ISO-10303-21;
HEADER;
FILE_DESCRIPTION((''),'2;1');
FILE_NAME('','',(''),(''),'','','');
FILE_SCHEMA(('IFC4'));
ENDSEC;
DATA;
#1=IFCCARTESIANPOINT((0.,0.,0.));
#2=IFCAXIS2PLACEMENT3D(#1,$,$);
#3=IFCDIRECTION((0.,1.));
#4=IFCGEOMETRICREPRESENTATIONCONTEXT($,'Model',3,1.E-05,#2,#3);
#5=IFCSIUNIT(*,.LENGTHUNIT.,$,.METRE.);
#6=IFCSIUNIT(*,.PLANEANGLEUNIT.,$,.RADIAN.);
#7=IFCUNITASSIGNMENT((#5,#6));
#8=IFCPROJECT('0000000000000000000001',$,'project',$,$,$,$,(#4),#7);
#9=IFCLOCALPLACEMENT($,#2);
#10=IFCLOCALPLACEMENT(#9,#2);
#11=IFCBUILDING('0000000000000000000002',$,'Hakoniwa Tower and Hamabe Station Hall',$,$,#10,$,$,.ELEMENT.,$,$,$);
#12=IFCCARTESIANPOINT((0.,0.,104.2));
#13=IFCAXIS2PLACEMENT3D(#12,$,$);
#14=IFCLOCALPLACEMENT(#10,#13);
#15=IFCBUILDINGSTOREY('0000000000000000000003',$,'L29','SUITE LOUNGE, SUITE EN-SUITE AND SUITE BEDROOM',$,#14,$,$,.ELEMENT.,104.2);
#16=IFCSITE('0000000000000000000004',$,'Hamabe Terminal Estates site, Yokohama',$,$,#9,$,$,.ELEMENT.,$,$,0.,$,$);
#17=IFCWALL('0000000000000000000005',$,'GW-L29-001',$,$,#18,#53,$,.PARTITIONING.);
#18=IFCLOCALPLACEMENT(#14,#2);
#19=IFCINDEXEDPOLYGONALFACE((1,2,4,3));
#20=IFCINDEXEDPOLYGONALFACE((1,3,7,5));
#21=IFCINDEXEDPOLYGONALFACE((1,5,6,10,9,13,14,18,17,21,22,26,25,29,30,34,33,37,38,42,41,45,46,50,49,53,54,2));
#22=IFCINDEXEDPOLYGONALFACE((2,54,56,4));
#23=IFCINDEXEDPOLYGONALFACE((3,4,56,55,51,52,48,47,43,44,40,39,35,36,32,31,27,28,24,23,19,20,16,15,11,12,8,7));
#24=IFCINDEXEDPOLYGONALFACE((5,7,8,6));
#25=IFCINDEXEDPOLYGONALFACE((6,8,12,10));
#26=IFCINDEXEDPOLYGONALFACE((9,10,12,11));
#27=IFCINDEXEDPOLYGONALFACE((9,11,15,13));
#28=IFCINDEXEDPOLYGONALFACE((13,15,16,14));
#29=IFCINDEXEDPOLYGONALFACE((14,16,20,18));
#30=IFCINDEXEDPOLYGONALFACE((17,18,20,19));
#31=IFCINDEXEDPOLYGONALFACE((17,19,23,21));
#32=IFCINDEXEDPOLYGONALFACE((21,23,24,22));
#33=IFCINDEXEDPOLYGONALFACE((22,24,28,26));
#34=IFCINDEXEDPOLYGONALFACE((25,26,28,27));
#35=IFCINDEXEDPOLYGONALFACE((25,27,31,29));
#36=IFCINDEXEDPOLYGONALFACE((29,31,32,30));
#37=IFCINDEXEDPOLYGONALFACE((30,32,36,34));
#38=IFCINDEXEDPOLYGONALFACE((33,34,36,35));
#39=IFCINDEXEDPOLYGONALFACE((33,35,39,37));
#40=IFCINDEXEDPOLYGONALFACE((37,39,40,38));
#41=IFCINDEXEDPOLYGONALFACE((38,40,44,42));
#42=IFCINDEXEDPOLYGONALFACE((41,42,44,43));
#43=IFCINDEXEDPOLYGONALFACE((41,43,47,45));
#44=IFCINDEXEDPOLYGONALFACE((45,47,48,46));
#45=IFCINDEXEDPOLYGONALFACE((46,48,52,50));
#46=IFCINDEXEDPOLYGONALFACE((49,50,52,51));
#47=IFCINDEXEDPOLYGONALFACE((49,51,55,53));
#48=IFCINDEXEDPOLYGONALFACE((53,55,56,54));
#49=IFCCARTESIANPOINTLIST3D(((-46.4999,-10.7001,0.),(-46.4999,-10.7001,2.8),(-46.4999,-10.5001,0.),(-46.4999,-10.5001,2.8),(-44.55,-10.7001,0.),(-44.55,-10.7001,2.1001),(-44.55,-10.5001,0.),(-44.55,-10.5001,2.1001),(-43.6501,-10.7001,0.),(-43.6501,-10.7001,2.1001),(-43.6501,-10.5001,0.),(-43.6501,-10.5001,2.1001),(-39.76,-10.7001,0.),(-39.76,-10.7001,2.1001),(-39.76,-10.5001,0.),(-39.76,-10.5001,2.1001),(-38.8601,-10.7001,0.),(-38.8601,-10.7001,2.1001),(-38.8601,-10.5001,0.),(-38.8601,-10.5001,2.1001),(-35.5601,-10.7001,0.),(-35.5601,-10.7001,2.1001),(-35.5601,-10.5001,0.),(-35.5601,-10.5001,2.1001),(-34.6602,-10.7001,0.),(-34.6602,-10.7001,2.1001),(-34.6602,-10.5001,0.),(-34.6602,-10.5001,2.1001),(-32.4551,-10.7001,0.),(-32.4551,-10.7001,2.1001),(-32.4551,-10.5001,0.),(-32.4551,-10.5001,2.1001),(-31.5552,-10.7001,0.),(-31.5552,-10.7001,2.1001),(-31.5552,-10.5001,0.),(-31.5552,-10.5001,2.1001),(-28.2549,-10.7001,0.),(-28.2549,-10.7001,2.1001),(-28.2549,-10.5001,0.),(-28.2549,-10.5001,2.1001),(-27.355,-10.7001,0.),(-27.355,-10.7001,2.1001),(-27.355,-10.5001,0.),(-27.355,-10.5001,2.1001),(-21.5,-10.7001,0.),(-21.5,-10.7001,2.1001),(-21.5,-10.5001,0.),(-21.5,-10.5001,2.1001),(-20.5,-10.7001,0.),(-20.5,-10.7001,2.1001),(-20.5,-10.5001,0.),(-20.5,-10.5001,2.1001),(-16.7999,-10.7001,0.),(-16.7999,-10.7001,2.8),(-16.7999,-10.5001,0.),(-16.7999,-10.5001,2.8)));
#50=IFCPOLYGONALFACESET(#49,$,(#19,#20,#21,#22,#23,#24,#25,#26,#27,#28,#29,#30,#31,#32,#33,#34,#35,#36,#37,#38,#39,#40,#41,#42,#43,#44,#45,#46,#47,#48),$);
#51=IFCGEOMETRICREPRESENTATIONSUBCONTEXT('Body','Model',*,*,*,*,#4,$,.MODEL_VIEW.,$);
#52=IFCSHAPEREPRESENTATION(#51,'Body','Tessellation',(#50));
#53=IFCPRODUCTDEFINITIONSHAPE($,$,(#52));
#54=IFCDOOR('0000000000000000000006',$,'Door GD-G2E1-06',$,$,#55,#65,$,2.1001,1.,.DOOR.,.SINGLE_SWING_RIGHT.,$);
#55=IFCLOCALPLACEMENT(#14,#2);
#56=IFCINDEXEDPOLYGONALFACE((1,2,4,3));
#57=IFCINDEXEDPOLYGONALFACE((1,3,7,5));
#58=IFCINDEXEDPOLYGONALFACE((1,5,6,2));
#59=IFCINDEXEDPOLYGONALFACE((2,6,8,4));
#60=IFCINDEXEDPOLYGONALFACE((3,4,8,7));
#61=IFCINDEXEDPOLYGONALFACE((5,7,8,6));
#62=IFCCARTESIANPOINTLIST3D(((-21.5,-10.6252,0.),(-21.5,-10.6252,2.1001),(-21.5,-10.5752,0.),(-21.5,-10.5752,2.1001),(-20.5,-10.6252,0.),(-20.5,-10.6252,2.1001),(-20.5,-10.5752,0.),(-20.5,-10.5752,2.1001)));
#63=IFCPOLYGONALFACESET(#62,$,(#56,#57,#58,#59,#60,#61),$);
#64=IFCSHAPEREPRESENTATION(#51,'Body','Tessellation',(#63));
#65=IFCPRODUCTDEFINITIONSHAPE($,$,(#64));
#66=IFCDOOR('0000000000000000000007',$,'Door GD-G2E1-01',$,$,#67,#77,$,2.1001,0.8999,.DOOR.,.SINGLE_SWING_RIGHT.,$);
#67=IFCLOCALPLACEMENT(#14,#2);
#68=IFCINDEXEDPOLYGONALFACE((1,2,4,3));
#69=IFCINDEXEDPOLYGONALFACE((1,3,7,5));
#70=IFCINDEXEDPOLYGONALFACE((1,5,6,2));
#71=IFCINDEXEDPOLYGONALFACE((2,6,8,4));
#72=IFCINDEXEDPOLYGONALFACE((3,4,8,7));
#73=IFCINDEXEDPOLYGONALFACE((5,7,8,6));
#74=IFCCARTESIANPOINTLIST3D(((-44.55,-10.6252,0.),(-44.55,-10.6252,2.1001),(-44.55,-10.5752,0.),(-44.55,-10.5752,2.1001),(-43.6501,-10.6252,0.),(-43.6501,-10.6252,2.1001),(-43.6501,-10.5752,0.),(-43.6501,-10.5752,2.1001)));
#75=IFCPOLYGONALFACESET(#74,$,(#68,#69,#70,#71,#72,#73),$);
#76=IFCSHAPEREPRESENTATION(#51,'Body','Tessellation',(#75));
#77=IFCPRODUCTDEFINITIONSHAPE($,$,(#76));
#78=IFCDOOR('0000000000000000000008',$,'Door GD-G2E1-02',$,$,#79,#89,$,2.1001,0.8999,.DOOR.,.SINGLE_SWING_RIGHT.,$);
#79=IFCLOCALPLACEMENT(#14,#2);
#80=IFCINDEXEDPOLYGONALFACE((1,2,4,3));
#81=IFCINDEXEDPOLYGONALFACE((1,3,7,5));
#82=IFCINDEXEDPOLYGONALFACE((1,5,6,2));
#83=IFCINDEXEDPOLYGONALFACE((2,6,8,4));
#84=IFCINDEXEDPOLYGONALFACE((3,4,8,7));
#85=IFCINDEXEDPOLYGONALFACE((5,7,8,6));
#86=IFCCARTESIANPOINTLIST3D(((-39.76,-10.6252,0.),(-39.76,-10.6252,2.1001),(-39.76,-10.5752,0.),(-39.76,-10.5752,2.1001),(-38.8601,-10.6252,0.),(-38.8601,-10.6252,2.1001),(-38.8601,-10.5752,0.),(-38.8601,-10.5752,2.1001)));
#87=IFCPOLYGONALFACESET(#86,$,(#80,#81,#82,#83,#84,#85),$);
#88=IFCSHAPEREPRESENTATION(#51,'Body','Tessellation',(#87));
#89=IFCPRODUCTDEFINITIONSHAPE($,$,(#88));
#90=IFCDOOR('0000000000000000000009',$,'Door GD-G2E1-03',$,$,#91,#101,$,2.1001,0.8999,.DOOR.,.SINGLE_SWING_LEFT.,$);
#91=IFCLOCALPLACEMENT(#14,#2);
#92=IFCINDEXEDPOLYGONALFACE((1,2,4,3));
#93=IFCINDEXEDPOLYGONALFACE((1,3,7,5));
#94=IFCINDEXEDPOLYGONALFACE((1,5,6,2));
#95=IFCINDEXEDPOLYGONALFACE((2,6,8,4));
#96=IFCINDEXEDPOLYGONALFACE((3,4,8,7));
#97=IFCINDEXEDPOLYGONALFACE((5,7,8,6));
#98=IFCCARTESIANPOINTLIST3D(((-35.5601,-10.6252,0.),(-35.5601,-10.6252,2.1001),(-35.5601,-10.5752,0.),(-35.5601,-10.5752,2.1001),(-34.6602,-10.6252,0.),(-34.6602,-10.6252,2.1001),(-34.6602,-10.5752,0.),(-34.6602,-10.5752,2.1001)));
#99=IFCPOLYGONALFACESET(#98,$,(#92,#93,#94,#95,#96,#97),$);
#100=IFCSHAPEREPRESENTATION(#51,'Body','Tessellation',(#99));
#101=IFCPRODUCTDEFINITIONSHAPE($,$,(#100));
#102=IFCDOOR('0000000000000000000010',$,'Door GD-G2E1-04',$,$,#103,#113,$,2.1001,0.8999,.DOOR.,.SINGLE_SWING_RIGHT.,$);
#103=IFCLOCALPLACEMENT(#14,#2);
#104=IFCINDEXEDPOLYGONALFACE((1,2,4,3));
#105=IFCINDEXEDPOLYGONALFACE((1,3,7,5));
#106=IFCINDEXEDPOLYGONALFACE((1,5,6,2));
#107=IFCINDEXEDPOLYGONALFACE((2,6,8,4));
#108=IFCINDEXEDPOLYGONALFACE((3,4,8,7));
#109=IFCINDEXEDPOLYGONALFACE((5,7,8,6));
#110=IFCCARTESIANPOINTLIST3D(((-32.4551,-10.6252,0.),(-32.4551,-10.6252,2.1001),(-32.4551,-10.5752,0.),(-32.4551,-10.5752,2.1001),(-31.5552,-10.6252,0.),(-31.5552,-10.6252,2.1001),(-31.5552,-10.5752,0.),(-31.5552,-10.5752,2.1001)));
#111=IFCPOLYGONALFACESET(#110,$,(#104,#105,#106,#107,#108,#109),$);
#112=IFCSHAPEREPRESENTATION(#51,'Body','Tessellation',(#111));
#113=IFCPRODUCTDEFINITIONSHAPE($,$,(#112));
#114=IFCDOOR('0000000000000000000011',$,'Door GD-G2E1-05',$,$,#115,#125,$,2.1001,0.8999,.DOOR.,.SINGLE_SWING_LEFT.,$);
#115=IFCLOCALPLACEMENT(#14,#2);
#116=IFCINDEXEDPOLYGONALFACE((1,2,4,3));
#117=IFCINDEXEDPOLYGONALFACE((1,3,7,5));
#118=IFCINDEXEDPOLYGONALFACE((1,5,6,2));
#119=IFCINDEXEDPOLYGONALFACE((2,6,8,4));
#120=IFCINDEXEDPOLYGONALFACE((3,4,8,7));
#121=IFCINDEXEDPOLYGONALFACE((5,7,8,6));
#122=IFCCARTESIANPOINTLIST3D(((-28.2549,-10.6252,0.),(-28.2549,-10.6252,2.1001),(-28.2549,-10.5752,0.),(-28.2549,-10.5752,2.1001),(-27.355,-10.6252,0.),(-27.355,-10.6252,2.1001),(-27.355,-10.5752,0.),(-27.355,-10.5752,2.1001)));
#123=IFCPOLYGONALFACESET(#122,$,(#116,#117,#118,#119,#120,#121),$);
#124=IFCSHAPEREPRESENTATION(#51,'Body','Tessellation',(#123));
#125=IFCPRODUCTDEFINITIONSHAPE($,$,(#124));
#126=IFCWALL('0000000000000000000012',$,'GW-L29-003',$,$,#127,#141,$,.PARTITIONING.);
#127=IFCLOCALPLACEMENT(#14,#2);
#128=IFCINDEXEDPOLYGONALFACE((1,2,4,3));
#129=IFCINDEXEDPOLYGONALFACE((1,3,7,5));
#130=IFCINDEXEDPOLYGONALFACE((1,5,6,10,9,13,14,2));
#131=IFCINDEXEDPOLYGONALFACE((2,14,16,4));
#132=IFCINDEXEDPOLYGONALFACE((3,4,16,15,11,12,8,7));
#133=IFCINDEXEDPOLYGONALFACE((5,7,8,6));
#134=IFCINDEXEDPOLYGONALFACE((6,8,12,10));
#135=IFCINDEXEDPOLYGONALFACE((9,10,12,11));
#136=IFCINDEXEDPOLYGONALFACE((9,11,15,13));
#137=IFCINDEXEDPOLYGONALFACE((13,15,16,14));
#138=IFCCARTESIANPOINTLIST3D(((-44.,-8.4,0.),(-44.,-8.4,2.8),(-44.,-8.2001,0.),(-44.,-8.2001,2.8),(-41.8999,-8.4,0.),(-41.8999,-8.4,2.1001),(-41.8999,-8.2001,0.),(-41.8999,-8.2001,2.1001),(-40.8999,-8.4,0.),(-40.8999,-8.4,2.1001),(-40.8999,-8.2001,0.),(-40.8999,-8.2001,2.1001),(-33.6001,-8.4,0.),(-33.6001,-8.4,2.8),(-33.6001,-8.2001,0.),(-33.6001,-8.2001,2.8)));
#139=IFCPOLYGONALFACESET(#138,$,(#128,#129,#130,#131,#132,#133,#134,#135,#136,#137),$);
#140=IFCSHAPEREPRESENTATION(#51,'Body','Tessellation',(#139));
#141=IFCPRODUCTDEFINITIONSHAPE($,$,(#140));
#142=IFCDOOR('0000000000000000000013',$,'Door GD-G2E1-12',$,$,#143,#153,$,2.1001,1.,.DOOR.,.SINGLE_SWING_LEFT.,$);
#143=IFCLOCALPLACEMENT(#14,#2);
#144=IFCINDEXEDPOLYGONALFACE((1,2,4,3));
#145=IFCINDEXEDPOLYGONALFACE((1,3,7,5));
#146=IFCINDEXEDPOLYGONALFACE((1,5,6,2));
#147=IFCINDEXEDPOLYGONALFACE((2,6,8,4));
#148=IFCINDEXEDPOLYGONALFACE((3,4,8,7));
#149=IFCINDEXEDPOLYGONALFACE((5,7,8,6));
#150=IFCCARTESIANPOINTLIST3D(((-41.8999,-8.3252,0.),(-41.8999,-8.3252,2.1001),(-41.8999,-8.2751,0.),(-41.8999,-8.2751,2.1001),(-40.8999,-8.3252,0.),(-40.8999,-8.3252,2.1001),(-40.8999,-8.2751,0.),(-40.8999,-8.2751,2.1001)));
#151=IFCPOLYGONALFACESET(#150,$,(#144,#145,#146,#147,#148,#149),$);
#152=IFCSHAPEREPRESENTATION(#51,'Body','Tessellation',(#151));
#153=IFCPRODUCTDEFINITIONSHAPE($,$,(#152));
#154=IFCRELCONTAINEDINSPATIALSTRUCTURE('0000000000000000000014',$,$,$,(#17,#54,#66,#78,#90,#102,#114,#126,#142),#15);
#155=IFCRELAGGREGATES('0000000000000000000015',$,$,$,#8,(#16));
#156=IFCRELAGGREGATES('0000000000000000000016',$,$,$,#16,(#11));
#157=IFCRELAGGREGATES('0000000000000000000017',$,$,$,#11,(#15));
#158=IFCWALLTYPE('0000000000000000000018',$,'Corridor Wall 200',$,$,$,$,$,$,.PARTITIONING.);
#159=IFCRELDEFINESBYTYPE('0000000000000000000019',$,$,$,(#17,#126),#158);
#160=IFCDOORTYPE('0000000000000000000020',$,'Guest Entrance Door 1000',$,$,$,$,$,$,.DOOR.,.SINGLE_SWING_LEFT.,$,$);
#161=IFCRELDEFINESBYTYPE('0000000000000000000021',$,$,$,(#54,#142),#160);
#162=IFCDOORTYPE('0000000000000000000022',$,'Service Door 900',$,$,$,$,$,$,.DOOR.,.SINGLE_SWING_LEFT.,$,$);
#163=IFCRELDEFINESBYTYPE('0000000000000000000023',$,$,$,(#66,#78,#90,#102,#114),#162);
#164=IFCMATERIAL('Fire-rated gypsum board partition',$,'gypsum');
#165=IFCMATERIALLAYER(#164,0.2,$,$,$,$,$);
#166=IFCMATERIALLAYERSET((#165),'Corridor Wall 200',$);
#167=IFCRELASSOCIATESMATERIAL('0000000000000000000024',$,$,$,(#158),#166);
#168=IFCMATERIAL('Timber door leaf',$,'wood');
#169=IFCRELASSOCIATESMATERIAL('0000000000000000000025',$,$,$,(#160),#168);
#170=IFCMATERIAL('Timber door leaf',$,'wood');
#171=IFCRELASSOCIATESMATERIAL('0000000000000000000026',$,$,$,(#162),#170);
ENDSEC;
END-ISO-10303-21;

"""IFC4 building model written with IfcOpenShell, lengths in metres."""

from ifc_helpers import new_model, si_unit, direction, frame, frame_2d, origin, place, context, subcontext, project, spatial, rectangle, extrude, material, layer, layer_set, type_object, element, fill, save


model = new_model("IFC4")

# Units and contexts
model_context = context("Model", 3, precision=1e-05, world=origin(), true_north=direction((0.0, 1.0)))
body_context = subcontext(model_context, "Body", "Model", "MODEL_VIEW")
ifc_project = project(units=[si_unit("LENGTHUNIT", "METRE"), si_unit("PLANEANGLEUNIT", "RADIAN")], contexts=[model_context])

# Site, building, storey
site_placement = place(None, origin())
site = spatial("IfcSite", under=ifc_project, at=site_placement, Name="Hamabe Terminal Estates site, Yokohama", CompositionType="ELEMENT", RefElevation=0.0)
building_placement = place(site_placement, origin())
building = spatial("IfcBuilding", under=site, at=building_placement, Name="Hakoniwa Tower and Hamabe Station Hall", CompositionType="ELEMENT")
storey_placement = place(building_placement, frame((0.0, 0.0, 104.2)))
storey = spatial("IfcBuildingStorey", under=building, at=storey_placement, Name="L29", Description="SUITE LOUNGE, SUITE EN-SUITE AND SUITE BEDROOM", CompositionType="ELEMENT", Elevation=104.2)

# Wall, openings, doors
ifc_material_1 = material(Name="Fire-rated gypsum board partition", Category="gypsum")
ifc_layer_1 = layer(ifc_material_1, 0.2)
ifc_layer_set_1 = layer_set([ifc_layer_1], Name="Corridor Wall 200")
wall_type_1 = type_object("IfcWallType", Name="Corridor Wall 200", PredefinedType="PARTITIONING", material=ifc_layer_set_1)
wall_1_placement = place(storey_placement, frame((-46.5, -10.6001, 0.0), z_axis=(0.0, 0.0, 1.0), x_axis=(1.0, 0.0, 0.0)))
wall_1 = element("IfcWall", 1, at=wall_1_placement, inside=storey, type_object=wall_type_1, Name="GW-L29-001", PredefinedType="PARTITIONING", context=body_context, shape_type="SweptSolid", body=[
    extrude(rectangle(XDim=29.7, YDim=0.2, at=frame_2d((14.8501, 0.0))), origin(), (0.0, 0.0, 1.0), 2.8),
])
opening_1_placement = place(wall_1_placement, frame((1.95, 0.0, 0.0)))
opening_1 = element("IfcOpeningElement", 2, at=opening_1_placement, cuts=wall_1, PredefinedType="OPENING", context=body_context, shape_type="SweptSolid", body=[
    extrude(rectangle(XDim=0.8999, YDim=2.1001, at=frame_2d((0.45, 1.05))), frame((0.0, 0.1099, 0.0), z_axis=(0.0, -1.0, 0.0), x_axis=(1.0, 0.0, 0.0)), (0.0, 0.0, 1.0), 0.22),
])
opening_2_placement = place(wall_1_placement, frame((6.74, 0.0, 0.0)))
opening_2 = element("IfcOpeningElement", 3, at=opening_2_placement, cuts=wall_1, PredefinedType="OPENING", context=body_context, shape_type="SweptSolid", body=[
    extrude(rectangle(XDim=0.8999, YDim=2.1001, at=frame_2d((0.45, 1.05))), frame((0.0, 0.1099, 0.0), z_axis=(0.0, -1.0, 0.0), x_axis=(1.0, 0.0, 0.0)), (0.0, 0.0, 1.0), 0.22),
])
opening_3_placement = place(wall_1_placement, frame((10.9399, 0.0, 0.0)))
opening_3 = element("IfcOpeningElement", 4, at=opening_3_placement, cuts=wall_1, PredefinedType="OPENING", context=body_context, shape_type="SweptSolid", body=[
    extrude(rectangle(XDim=0.8999, YDim=2.1001, at=frame_2d((0.45, 1.05))), frame((0.0, 0.1099, 0.0), z_axis=(0.0, -1.0, 0.0), x_axis=(1.0, 0.0, 0.0)), (0.0, 0.0, 1.0), 0.22),
])
opening_4_placement = place(wall_1_placement, frame((14.0449, 0.0, 0.0)))
opening_4 = element("IfcOpeningElement", 5, at=opening_4_placement, cuts=wall_1, PredefinedType="OPENING", context=body_context, shape_type="SweptSolid", body=[
    extrude(rectangle(XDim=0.8999, YDim=2.1001, at=frame_2d((0.45, 1.05))), frame((0.0, 0.1099, 0.0), z_axis=(0.0, -1.0, 0.0), x_axis=(1.0, 0.0, 0.0)), (0.0, 0.0, 1.0), 0.22),
])
opening_5_placement = place(wall_1_placement, frame((18.2451, 0.0, 0.0)))
opening_5 = element("IfcOpeningElement", 6, at=opening_5_placement, cuts=wall_1, PredefinedType="OPENING", context=body_context, shape_type="SweptSolid", body=[
    extrude(rectangle(XDim=0.8999, YDim=2.1001, at=frame_2d((0.45, 1.05))), frame((0.0, 0.1099, 0.0), z_axis=(0.0, -1.0, 0.0), x_axis=(1.0, 0.0, 0.0)), (0.0, 0.0, 1.0), 0.22),
])
opening_6_placement = place(wall_1_placement, frame((25.0, 0.0, 0.0)))
opening_6 = element("IfcOpeningElement", 7, at=opening_6_placement, cuts=wall_1, PredefinedType="OPENING", context=body_context, shape_type="SweptSolid", body=[
    extrude(rectangle(XDim=1.0, YDim=2.1001, at=frame_2d((0.5, 1.05))), frame((0.0, 0.1099, 0.0), z_axis=(0.0, -1.0, 0.0), x_axis=(1.0, 0.0, 0.0)), (0.0, 0.0, 1.0), 0.22),
])
ifc_material_2 = material(Name="Timber door leaf", Category="wood")
door_type_1 = type_object("IfcDoorType", Name="Guest Entrance Door 1000", OperationType="SINGLE_SWING_LEFT", PredefinedType="DOOR", material=ifc_material_2)
door_1_placement = place(opening_6_placement, origin())
door_1 = element("IfcDoor", 8, at=door_1_placement, inside=storey, type_object=door_type_1, Name="Door GD-G2E1-06", OperationType="SINGLE_SWING_RIGHT", OverallHeight=2.1001, OverallWidth=1.0, PredefinedType="DOOR", context=body_context, shape_type="SweptSolid", body=[
    extrude(rectangle(XDim=1.0, YDim=2.1001, at=frame_2d((0.5, 1.05))), frame((0.0, 0.0249, 0.0), z_axis=(0.0, -1.0, 0.0), x_axis=(1.0, 0.0, 0.0)), (0.0, 0.0, 1.0), 0.05),
])
fill(opening_6, door_1)
ifc_material_3 = material(Name="Timber door leaf", Category="wood")
door_type_2 = type_object("IfcDoorType", Name="Service Door 900", OperationType="SINGLE_SWING_LEFT", PredefinedType="DOOR", material=ifc_material_3)
door_2_placement = place(opening_1_placement, origin())
door_2 = element("IfcDoor", 9, at=door_2_placement, inside=storey, type_object=door_type_2, Name="Door GD-G2E1-01", OperationType="SINGLE_SWING_RIGHT", OverallHeight=2.1001, OverallWidth=0.8999, PredefinedType="DOOR", context=body_context, shape_type="SweptSolid", body=[
    extrude(rectangle(XDim=0.8999, YDim=2.1001, at=frame_2d((0.45, 1.05))), frame((0.0, 0.0249, 0.0), z_axis=(0.0, -1.0, 0.0), x_axis=(1.0, 0.0, 0.0)), (0.0, 0.0, 1.0), 0.05),
])
fill(opening_1, door_2)
door_3_placement = place(opening_2_placement, origin())
door_3 = element("IfcDoor", 10, at=door_3_placement, inside=storey, type_object=door_type_2, Name="Door GD-G2E1-02", OperationType="SINGLE_SWING_RIGHT", OverallHeight=2.1001, OverallWidth=0.8999, PredefinedType="DOOR", context=body_context, shape_type="SweptSolid", body=[
    extrude(rectangle(XDim=0.8999, YDim=2.1001, at=frame_2d((0.45, 1.05))), frame((0.0, 0.0249, 0.0), z_axis=(0.0, -1.0, 0.0), x_axis=(1.0, 0.0, 0.0)), (0.0, 0.0, 1.0), 0.05),
])
fill(opening_2, door_3)
door_4_placement = place(opening_3_placement, origin())
door_4 = element("IfcDoor", 11, at=door_4_placement, inside=storey, type_object=door_type_2, Name="Door GD-G2E1-03", OperationType="SINGLE_SWING_LEFT", OverallHeight=2.1001, OverallWidth=0.8999, PredefinedType="DOOR", context=body_context, shape_type="SweptSolid", body=[
    extrude(rectangle(XDim=0.8999, YDim=2.1001, at=frame_2d((0.45, 1.05))), frame((0.0, 0.0249, 0.0), z_axis=(0.0, -1.0, 0.0), x_axis=(1.0, 0.0, 0.0)), (0.0, 0.0, 1.0), 0.05),
])
fill(opening_3, door_4)
door_5_placement = place(opening_4_placement, origin())
door_5 = element("IfcDoor", 12, at=door_5_placement, inside=storey, type_object=door_type_2, Name="Door GD-G2E1-04", OperationType="SINGLE_SWING_RIGHT", OverallHeight=2.1001, OverallWidth=0.8999, PredefinedType="DOOR", context=body_context, shape_type="SweptSolid", body=[
    extrude(rectangle(XDim=0.8999, YDim=2.1001, at=frame_2d((0.45, 1.05))), frame((0.0, 0.0249, 0.0), z_axis=(0.0, -1.0, 0.0), x_axis=(1.0, 0.0, 0.0)), (0.0, 0.0, 1.0), 0.05),
])
fill(opening_4, door_5)
door_6_placement = place(opening_5_placement, origin())
door_6 = element("IfcDoor", 13, at=door_6_placement, inside=storey, type_object=door_type_2, Name="Door GD-G2E1-05", OperationType="SINGLE_SWING_LEFT", OverallHeight=2.1001, OverallWidth=0.8999, PredefinedType="DOOR", context=body_context, shape_type="SweptSolid", body=[
    extrude(rectangle(XDim=0.8999, YDim=2.1001, at=frame_2d((0.45, 1.05))), frame((0.0, 0.0249, 0.0), z_axis=(0.0, -1.0, 0.0), x_axis=(1.0, 0.0, 0.0)), (0.0, 0.0, 1.0), 0.05),
])
fill(opening_5, door_6)

# Wall, opening, door
wall_2_placement = place(storey_placement, frame((-44.0, -8.3, 0.0), z_axis=(0.0, 0.0, 1.0), x_axis=(1.0, 0.0, 0.0)))
wall_2 = element("IfcWall", 14, at=wall_2_placement, inside=storey, type_object=wall_type_1, Name="GW-L29-003", PredefinedType="PARTITIONING", context=body_context, shape_type="SweptSolid", body=[
    extrude(rectangle(XDim=10.3999, YDim=0.2, at=frame_2d((5.2, 0.0))), origin(), (0.0, 0.0, 1.0), 2.8),
])
opening_7_placement = place(wall_2_placement, frame((2.1001, 0.0, 0.0)))
opening_7 = element("IfcOpeningElement", 15, at=opening_7_placement, cuts=wall_2, PredefinedType="OPENING", context=body_context, shape_type="SweptSolid", body=[
    extrude(rectangle(XDim=1.0, YDim=2.1001, at=frame_2d((0.5, 1.05))), frame((0.0, 0.1099, 0.0), z_axis=(0.0, -1.0, 0.0), x_axis=(1.0, 0.0, 0.0)), (0.0, 0.0, 1.0), 0.22),
])
door_7_placement = place(opening_7_placement, origin())
door_7 = element("IfcDoor", 16, at=door_7_placement, inside=storey, type_object=door_type_1, Name="Door GD-G2E1-12", OperationType="SINGLE_SWING_LEFT", OverallHeight=2.1001, OverallWidth=1.0, PredefinedType="DOOR", context=body_context, shape_type="SweptSolid", body=[
    extrude(rectangle(XDim=1.0, YDim=2.1001, at=frame_2d((0.5, 1.05))), frame((0.0, 0.0249, 0.0), z_axis=(0.0, -1.0, 0.0), x_axis=(1.0, 0.0, 0.0)), (0.0, 0.0, 1.0), 0.05),
])
fill(opening_7, door_7)

save(model, "model.ifc")
